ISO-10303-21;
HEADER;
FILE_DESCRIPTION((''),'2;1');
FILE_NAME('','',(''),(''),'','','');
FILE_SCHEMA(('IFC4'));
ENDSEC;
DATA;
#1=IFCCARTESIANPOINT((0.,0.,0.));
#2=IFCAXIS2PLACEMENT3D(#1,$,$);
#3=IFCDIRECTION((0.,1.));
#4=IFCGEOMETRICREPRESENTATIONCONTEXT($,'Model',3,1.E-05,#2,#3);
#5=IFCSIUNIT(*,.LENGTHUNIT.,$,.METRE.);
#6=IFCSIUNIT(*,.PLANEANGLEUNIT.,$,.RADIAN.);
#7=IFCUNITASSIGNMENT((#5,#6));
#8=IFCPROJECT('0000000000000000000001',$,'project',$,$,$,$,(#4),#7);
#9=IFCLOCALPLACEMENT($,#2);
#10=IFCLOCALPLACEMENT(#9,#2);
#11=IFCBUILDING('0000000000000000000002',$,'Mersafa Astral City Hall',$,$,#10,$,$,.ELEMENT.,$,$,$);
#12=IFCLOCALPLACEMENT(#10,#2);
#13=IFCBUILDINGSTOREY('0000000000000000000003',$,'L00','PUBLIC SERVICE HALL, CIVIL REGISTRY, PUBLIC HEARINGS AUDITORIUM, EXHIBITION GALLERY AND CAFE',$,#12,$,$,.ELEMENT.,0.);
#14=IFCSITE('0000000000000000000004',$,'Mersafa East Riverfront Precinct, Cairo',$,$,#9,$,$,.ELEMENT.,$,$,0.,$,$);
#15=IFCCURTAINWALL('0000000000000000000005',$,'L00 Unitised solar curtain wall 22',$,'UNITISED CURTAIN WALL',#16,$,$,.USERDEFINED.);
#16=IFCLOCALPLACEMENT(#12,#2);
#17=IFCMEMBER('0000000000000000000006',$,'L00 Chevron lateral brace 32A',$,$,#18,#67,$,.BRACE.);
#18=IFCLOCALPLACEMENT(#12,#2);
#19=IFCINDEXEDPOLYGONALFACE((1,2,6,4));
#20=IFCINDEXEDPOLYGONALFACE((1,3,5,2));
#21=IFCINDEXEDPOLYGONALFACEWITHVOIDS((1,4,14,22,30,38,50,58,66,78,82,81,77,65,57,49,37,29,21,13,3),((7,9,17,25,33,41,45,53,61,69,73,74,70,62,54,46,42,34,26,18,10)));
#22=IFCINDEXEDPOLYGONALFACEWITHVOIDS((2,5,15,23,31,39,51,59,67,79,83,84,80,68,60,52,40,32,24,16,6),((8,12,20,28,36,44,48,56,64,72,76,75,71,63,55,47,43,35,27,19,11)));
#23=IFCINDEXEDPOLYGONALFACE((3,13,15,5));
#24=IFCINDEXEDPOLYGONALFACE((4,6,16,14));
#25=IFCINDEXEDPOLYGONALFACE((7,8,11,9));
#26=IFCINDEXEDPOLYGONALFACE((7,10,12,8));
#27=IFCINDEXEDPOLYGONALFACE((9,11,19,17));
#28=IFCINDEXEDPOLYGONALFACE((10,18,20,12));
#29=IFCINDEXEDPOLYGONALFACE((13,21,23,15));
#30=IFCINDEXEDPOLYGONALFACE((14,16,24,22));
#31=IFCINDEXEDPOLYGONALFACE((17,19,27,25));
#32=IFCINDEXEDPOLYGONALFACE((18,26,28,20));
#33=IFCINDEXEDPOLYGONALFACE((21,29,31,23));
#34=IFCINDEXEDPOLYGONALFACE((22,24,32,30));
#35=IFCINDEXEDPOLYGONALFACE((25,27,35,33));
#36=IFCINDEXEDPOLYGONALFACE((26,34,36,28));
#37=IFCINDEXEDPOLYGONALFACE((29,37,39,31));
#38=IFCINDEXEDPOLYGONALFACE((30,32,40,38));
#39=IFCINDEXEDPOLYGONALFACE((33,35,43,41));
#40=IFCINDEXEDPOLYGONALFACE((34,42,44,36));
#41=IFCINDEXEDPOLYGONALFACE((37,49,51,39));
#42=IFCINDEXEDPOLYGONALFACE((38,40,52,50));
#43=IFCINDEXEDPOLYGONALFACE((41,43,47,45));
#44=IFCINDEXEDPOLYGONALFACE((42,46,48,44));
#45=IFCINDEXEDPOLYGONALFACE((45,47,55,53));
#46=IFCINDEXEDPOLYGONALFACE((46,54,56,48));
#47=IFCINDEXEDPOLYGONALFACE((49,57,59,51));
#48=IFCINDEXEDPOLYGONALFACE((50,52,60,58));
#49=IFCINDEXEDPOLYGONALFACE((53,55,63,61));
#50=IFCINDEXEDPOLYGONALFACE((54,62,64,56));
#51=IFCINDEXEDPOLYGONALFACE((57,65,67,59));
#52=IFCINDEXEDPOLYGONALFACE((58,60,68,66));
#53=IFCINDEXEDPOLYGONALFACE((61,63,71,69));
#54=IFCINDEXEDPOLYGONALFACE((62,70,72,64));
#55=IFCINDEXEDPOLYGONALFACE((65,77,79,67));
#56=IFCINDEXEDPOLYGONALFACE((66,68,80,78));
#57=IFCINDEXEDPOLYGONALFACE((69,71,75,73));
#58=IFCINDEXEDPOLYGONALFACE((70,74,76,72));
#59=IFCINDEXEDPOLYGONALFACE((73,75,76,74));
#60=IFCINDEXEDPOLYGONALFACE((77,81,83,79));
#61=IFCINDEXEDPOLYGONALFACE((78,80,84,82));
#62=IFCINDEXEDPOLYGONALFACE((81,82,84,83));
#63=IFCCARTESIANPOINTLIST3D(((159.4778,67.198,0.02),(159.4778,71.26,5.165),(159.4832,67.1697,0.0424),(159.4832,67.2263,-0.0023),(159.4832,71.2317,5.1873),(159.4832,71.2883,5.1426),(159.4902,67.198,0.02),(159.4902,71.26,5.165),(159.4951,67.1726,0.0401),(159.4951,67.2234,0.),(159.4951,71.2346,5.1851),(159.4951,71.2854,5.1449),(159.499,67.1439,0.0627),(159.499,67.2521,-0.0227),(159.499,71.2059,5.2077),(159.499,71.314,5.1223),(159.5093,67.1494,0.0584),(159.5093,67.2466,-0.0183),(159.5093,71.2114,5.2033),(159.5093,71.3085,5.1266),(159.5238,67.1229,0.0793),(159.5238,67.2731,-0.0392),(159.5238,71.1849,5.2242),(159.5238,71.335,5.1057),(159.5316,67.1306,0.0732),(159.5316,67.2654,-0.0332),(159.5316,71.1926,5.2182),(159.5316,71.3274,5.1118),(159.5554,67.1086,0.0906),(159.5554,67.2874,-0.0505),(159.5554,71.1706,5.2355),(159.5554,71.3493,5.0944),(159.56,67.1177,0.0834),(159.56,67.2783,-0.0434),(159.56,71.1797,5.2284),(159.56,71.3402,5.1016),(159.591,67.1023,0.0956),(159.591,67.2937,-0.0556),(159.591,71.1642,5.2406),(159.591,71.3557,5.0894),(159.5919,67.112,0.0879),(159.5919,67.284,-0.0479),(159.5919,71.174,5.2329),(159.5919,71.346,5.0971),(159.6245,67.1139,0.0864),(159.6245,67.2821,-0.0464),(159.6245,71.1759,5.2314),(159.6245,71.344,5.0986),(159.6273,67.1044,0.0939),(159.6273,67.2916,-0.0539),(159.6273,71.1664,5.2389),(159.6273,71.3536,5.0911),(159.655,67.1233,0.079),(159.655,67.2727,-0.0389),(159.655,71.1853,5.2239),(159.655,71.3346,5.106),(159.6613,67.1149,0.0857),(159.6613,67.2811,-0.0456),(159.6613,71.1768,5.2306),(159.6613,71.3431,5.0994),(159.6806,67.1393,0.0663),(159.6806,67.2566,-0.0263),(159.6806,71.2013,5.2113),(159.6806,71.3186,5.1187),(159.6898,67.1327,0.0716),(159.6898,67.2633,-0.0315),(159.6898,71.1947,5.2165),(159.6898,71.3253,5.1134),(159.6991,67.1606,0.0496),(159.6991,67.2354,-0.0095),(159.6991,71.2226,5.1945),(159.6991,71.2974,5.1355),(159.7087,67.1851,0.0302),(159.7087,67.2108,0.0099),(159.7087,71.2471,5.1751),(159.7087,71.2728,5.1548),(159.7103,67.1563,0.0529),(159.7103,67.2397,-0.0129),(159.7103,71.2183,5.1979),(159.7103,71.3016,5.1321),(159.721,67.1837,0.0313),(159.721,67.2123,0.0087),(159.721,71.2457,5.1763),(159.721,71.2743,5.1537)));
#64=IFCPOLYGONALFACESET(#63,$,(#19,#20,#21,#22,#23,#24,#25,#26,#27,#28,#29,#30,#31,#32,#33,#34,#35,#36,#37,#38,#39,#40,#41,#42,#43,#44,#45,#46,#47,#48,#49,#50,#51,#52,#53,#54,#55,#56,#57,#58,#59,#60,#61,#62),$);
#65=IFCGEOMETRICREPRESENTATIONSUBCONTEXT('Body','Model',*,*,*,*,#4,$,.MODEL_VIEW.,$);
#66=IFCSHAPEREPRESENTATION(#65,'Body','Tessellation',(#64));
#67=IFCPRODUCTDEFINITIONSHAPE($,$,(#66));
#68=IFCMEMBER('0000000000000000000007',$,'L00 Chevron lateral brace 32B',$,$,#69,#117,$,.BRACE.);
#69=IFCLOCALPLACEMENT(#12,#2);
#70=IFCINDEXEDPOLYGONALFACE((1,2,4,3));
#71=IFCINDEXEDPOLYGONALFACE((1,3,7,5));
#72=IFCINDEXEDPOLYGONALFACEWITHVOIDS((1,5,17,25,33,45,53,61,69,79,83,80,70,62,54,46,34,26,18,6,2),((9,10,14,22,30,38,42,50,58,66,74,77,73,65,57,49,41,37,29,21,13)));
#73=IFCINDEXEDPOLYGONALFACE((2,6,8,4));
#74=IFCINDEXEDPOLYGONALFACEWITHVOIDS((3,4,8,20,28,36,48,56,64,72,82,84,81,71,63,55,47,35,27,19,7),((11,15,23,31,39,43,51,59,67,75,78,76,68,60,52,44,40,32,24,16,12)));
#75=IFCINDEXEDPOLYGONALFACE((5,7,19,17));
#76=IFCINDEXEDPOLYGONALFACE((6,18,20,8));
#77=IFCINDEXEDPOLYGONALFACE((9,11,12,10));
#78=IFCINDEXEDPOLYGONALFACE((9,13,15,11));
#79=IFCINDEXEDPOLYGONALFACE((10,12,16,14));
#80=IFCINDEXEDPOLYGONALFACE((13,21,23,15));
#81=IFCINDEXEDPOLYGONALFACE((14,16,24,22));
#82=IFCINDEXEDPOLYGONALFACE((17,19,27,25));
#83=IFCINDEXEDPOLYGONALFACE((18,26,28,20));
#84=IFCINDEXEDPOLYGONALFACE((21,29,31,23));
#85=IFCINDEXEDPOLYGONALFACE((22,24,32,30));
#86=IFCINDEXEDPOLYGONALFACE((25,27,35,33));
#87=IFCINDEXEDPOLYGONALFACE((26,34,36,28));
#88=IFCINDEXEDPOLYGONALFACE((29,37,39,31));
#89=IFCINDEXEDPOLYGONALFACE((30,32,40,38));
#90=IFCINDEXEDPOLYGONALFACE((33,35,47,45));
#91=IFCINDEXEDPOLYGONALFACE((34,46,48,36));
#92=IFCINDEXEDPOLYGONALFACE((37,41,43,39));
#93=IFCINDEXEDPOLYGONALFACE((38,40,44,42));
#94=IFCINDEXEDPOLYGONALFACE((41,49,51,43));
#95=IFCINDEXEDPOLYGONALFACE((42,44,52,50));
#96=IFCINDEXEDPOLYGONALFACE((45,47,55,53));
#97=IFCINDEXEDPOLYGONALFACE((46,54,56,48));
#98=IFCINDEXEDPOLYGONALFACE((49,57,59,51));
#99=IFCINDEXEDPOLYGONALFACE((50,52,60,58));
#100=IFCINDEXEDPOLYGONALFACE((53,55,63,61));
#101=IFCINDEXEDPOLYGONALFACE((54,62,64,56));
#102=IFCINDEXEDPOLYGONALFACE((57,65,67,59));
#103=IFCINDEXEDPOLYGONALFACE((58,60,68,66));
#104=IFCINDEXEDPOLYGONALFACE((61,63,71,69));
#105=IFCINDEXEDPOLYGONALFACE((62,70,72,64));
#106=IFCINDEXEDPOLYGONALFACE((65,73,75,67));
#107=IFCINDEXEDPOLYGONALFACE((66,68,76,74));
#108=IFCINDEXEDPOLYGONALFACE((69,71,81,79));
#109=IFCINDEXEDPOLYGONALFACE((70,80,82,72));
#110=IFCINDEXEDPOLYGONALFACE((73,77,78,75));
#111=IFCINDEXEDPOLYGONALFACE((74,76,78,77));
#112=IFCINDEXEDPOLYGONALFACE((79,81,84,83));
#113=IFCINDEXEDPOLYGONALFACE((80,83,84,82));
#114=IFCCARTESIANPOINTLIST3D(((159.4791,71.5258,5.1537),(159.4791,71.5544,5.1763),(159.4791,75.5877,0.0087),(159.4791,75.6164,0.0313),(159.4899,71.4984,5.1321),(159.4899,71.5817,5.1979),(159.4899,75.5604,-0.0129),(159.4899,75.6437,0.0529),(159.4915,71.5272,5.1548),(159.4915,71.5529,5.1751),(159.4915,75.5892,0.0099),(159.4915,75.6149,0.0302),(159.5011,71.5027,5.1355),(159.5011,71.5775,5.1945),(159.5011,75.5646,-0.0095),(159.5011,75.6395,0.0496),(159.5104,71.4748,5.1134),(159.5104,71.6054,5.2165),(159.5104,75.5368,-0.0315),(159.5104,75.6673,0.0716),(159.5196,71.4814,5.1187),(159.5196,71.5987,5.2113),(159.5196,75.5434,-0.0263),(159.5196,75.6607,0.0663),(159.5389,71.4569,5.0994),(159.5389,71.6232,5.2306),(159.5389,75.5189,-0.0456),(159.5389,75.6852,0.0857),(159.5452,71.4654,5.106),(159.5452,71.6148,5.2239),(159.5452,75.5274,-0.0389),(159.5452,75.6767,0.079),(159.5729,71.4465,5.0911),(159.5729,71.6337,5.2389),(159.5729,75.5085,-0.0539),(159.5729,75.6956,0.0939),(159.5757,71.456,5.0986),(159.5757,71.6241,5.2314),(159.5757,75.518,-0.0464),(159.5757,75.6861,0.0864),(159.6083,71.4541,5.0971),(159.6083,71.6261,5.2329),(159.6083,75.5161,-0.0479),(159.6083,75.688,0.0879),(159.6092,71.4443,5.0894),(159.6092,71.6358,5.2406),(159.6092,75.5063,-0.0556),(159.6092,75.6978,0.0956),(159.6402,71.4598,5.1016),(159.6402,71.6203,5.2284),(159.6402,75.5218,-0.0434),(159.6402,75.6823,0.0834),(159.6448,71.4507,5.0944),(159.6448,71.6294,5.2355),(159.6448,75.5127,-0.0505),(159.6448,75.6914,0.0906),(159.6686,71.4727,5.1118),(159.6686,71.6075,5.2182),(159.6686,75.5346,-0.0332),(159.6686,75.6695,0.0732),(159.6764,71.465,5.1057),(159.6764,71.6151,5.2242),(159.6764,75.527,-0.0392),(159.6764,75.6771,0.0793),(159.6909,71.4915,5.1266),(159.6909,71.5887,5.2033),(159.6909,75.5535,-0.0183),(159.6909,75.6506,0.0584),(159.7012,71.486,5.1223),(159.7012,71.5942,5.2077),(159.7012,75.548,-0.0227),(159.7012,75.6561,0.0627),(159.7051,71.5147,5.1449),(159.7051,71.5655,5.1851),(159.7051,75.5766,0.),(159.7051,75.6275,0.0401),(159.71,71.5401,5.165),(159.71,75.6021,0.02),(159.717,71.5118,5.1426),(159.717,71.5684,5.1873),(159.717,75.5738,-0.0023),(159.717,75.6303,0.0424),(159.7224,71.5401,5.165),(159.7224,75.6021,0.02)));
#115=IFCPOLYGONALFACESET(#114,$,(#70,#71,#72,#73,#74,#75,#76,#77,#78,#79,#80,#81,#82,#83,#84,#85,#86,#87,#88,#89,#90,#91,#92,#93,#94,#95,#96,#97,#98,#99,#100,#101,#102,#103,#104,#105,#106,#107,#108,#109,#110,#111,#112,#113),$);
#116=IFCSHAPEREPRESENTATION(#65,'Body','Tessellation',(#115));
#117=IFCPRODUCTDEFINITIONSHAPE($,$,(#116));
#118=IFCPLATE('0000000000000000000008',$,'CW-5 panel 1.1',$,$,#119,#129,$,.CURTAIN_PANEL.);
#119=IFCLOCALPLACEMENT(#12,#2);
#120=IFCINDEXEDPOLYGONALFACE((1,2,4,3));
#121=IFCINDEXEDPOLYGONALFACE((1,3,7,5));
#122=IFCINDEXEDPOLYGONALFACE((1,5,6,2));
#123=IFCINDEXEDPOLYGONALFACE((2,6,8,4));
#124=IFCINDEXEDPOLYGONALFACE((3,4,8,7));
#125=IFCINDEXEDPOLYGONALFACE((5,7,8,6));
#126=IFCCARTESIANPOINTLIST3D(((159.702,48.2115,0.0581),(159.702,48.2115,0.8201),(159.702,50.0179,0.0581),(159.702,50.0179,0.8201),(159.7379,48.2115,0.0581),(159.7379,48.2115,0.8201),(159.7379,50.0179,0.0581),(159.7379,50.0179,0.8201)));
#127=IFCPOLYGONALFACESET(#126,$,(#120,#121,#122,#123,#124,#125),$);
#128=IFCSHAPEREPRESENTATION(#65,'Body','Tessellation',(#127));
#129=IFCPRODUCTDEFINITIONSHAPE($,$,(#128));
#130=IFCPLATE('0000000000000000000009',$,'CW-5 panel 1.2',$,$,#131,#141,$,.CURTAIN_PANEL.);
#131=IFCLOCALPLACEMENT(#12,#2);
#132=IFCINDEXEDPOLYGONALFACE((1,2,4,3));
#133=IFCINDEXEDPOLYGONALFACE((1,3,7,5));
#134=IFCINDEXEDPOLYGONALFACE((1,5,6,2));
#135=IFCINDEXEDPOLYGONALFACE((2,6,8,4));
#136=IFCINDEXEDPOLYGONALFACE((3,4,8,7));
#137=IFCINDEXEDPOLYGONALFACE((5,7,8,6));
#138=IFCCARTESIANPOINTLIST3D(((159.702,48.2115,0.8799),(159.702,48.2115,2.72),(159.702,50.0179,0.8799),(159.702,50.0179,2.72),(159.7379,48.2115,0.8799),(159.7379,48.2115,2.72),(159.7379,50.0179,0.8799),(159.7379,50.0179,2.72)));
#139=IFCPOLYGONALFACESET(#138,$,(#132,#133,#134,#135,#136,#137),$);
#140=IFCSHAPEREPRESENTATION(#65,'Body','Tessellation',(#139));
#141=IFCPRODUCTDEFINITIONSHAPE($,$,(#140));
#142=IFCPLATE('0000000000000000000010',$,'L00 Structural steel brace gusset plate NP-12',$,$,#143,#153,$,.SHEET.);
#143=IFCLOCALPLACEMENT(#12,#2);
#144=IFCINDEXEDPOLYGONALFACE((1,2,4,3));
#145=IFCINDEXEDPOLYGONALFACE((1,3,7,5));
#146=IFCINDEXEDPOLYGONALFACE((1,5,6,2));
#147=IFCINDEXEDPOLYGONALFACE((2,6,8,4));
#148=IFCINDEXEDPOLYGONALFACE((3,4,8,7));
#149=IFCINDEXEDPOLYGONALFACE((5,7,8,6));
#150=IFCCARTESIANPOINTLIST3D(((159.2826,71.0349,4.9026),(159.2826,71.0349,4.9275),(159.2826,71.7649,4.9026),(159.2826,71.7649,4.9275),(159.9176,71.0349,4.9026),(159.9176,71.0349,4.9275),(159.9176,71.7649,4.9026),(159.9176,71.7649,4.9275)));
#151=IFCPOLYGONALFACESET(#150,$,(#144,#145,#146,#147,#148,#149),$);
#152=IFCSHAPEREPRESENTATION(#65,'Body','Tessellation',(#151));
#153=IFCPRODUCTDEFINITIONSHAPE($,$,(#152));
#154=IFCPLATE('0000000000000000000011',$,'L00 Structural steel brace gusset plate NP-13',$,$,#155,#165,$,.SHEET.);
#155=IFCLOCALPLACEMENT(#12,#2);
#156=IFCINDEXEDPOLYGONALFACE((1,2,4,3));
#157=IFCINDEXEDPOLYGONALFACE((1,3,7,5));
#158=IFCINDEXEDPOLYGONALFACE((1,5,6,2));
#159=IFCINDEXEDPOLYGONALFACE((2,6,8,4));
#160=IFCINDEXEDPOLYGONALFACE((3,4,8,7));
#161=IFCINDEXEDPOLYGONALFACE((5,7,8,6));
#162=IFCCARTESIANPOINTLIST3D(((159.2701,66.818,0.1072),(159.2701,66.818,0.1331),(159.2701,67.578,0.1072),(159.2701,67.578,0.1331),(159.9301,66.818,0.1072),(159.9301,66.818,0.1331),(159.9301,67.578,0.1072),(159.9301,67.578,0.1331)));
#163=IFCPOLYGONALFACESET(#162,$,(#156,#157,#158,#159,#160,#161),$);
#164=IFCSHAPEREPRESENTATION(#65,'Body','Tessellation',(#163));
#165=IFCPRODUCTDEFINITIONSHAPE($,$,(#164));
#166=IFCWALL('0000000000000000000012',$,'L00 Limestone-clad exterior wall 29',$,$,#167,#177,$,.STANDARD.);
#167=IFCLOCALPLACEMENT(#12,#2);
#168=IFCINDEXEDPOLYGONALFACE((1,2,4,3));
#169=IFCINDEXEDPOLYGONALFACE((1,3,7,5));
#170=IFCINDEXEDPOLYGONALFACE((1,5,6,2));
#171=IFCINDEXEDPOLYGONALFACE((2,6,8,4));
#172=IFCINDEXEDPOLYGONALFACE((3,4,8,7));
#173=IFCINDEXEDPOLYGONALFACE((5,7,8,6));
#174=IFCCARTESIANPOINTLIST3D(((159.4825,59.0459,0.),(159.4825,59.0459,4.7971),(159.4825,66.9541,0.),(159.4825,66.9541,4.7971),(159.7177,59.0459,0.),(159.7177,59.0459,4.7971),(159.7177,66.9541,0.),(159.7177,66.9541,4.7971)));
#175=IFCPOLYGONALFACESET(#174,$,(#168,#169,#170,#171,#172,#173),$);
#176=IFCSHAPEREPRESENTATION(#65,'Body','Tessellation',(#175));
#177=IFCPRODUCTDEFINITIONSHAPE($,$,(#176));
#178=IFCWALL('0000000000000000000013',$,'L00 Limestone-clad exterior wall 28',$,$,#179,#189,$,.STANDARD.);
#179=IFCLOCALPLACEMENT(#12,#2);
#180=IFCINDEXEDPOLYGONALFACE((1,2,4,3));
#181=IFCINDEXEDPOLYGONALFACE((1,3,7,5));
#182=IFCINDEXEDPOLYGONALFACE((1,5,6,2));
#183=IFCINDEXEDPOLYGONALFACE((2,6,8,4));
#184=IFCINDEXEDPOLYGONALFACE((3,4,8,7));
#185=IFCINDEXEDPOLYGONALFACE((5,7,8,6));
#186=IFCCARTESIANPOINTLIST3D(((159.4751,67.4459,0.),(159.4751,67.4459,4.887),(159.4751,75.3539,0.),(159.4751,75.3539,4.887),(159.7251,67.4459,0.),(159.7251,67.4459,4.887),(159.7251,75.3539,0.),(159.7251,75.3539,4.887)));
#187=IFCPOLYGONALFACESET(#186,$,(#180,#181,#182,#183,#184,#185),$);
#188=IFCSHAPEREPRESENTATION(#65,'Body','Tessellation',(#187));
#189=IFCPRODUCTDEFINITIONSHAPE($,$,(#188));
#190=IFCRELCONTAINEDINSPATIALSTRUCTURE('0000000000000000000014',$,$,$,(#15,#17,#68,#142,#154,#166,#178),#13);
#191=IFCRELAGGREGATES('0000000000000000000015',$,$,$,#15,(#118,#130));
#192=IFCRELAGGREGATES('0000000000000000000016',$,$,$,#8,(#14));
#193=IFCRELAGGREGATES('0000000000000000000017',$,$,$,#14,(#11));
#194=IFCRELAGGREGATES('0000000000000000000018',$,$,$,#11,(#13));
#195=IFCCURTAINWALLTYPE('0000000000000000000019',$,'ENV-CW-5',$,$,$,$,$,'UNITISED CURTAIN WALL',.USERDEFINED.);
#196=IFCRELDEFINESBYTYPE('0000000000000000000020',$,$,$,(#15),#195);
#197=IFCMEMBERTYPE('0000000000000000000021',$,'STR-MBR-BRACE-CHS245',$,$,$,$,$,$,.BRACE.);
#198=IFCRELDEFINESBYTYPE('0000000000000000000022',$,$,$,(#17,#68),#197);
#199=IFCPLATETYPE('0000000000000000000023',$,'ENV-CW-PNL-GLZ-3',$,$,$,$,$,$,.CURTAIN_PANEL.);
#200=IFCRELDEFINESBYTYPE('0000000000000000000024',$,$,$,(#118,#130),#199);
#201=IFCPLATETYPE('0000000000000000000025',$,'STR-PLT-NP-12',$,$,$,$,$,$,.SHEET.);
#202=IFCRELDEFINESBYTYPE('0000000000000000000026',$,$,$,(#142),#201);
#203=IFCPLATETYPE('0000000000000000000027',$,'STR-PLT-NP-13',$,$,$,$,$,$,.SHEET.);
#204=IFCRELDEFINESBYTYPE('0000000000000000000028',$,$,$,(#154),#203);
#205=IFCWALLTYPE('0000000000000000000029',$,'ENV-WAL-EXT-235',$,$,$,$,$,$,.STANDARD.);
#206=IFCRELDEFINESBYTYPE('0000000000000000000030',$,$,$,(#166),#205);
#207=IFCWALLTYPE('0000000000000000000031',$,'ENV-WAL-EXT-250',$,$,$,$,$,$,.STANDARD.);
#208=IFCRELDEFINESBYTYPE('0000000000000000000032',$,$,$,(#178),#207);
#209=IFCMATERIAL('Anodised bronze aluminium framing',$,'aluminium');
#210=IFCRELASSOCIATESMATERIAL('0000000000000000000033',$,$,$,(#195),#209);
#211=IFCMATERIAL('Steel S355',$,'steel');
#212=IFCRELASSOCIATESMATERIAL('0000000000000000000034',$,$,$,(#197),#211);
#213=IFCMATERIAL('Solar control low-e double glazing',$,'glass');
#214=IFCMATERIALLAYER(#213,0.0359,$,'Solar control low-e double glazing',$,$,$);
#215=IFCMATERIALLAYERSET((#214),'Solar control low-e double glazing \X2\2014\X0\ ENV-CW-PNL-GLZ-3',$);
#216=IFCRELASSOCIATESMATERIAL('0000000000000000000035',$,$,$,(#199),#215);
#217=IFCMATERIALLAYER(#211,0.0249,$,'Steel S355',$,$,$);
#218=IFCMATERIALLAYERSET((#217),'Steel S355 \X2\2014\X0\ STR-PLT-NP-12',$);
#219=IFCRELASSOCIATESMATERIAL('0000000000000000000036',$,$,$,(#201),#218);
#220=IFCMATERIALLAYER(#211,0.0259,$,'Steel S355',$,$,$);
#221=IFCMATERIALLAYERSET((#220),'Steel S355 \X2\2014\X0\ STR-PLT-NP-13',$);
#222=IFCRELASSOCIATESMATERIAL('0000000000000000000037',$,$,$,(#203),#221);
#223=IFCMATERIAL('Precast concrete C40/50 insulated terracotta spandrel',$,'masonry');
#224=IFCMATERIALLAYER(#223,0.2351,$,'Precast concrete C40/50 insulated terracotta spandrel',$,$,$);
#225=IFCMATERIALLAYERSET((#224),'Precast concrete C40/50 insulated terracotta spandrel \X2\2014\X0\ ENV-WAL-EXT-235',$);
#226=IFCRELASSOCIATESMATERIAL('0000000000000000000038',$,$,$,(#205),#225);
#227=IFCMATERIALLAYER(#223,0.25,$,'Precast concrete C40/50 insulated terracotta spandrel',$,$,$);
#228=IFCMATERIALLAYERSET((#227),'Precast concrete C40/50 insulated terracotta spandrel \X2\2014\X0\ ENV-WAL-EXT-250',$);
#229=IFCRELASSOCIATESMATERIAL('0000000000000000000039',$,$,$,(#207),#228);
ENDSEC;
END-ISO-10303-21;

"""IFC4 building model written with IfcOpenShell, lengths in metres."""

from ifc_helpers import new_model, si_unit, direction, frame, frame_2d, origin, origin_2d, place, context, subcontext, project, spatial, rectangle, hollow_circle, extrude, material, layer, layer_set, material_profile, profile_set, type_object, element, aggregate, save


model = new_model("IFC4")

# Units and contexts
model_context = context("Model", 3, precision=1e-05, world=origin(), true_north=direction((0.0, 1.0)))
body_context = subcontext(model_context, "Body", "Model", "MODEL_VIEW")
ifc_project = project(units=[si_unit("LENGTHUNIT", "METRE"), si_unit("PLANEANGLEUNIT", "RADIAN")], contexts=[model_context])

# Site, building, storey
site_placement = place(None, origin())
site = spatial("IfcSite", under=ifc_project, at=site_placement, Name="Mersafa East Riverfront Precinct, Cairo", CompositionType="ELEMENT", RefElevation=0.0)
building_placement = place(site_placement, origin())
building = spatial("IfcBuilding", under=site, at=building_placement, Name="Mersafa Astral City Hall", CompositionType="ELEMENT")
storey_placement = place(building_placement, origin())
storey = spatial("IfcBuildingStorey", under=building, at=storey_placement, Name="L00", Description="PUBLIC SERVICE HALL, CIVIL REGISTRY, PUBLIC HEARINGS AUDITORIUM, EXHIBITION GALLERY AND CAFE", CompositionType="ELEMENT", Elevation=0.0)

# Shared definitions
ifc_material_1 = material(Name="Steel S355", Category="steel")

# Curtain wall
ifc_material_2 = material(Name="Anodised bronze aluminium framing", Category="aluminium")
curtain_wall_type = type_object("IfcCurtainWallType", Name="ENV-CW-5", ElementType="UNITISED CURTAIN WALL", PredefinedType="USERDEFINED", material=ifc_material_2)
curtain_wall_placement = place(storey_placement, origin())
curtain_wall = element("IfcCurtainWall", 1, at=curtain_wall_placement, inside=storey, type_object=curtain_wall_type, Name="L00 Unitised solar curtain wall 22", ObjectType="UNITISED CURTAIN WALL", PredefinedType="USERDEFINED")

# Members
ifc_material_profile_1 = material_profile(ifc_material_1, hollow_circle(Radius=0.1223, WallThickness=0.0125, at=origin_2d()), Name="CHS 244.5x12.5")
ifc_profile_set_1 = profile_set([ifc_material_profile_1], Name="Steel S355")
member_type_1 = type_object("IfcMemberType", Name="STR-MBR-BRACE-CHS245", PredefinedType="BRACE", material=ifc_profile_set_1)
for number, where, z_axis, x_axis, name in (
    (2, (159.6001, 67.198, 0.02), (0.0, 0.619659, 0.784871), (-1.0, 0.0, 0.0), "L00 Chevron lateral brace 32A"),
    (3, (159.6001, 75.6021, 0.02), (0.0, -0.619659, 0.784871), (1.0, 0.0, 0.0), "L00 Chevron lateral brace 32B"),
):
    element("IfcMember", number, at=place(storey_placement, frame(where, z_axis=z_axis, x_axis=x_axis)), inside=storey, type_object=member_type_1, Name=name, PredefinedType="BRACE", context=body_context, shape_type="SweptSolid", body=[
        extrude(hollow_circle(Radius=0.1223, WallThickness=0.0125, at=origin_2d()), origin(), (0.0, 0.0, 1.0), 6.5552),
    ])

# Plates
ifc_material_3 = material(Name="Solar control low-e double glazing", Category="glass")
ifc_layer_1 = layer(ifc_material_3, 0.0359, Name="Solar control low-e double glazing")
ifc_layer_set_1 = layer_set([ifc_layer_1], Name="Solar control low-e double glazing — ENV-CW-PNL-GLZ-3")
plate_type_1 = type_object("IfcPlateType", Name="ENV-CW-PNL-GLZ-3", PredefinedType="CURTAIN_PANEL", material=ifc_layer_set_1)
plate_1_placement = place(storey_placement, frame((159.72, 49.1147, 0.0581), z_axis=(0.0, 0.0, 1.0), x_axis=(0.0, -1.0, 0.0)))
plate_1 = element("IfcPlate", 4, at=plate_1_placement, type_object=plate_type_1, Name="CW-5 panel 1.1", PredefinedType="CURTAIN_PANEL", context=body_context, shape_type="SweptSolid", body=[
    extrude(rectangle(XDim=1.8064, YDim=0.0359, at=origin_2d()), origin(), (0.0, 0.0, 1.0), 0.762),
])
plate_2_placement = place(storey_placement, frame((159.72, 49.1147, 0.8799), z_axis=(0.0, 0.0, 1.0), x_axis=(0.0, -1.0, 0.0)))
plate_2 = element("IfcPlate", 5, at=plate_2_placement, type_object=plate_type_1, Name="CW-5 panel 1.2", PredefinedType="CURTAIN_PANEL", context=body_context, shape_type="SweptSolid", body=[
    extrude(rectangle(XDim=1.8064, YDim=0.0359, at=origin_2d()), origin(), (0.0, 0.0, 1.0), 1.8401),
])
aggregate(curtain_wall, [plate_1, plate_2])

# Plates
ifc_layer_2 = layer(ifc_material_1, 0.0249, Name="Steel S355")
ifc_layer_set_2 = layer_set([ifc_layer_2], Name="Steel S355 — STR-PLT-NP-12")
plate_type_2 = type_object("IfcPlateType", Name="STR-PLT-NP-12", PredefinedType="SHEET", material=ifc_layer_set_2)
plate_3_placement = place(storey_placement, frame((159.6001, 71.3999, 4.9026), z_axis=(0.0, 0.0, 1.0), x_axis=(1.0, 0.0, 0.0)))
element("IfcPlate", 6, at=plate_3_placement, inside=storey, type_object=plate_type_2, Name="L00 Structural steel brace gusset plate NP-12", PredefinedType="SHEET", context=body_context, shape_type="SweptSolid", body=[
    extrude(rectangle(XDim=0.635, YDim=0.73, at=origin_2d()), origin(), (0.0, 0.0, 1.0), 0.0249),
])
ifc_layer_3 = layer(ifc_material_1, 0.0259, Name="Steel S355")
ifc_layer_set_3 = layer_set([ifc_layer_3], Name="Steel S355 — STR-PLT-NP-13")
plate_type_3 = type_object("IfcPlateType", Name="STR-PLT-NP-13", PredefinedType="SHEET", material=ifc_layer_set_3)
plate_4_placement = place(storey_placement, frame((159.6001, 67.198, 0.1072), z_axis=(0.0, 0.0, 1.0), x_axis=(1.0, 0.0, 0.0)))
element("IfcPlate", 7, at=plate_4_placement, inside=storey, type_object=plate_type_3, Name="L00 Structural steel brace gusset plate NP-13", PredefinedType="SHEET", context=body_context, shape_type="SweptSolid", body=[
    extrude(rectangle(XDim=0.6599, YDim=0.76, at=origin_2d()), origin(), (0.0, 0.0, 1.0), 0.0259),
])

# Walls
ifc_material_4 = material(Name="Precast concrete C40/50 insulated terracotta spandrel", Category="masonry")
ifc_layer_4 = layer(ifc_material_4, 0.2351, Name="Precast concrete C40/50 insulated terracotta spandrel")
ifc_layer_set_4 = layer_set([ifc_layer_4], Name="Precast concrete C40/50 insulated terracotta spandrel — ENV-WAL-EXT-235")
wall_type_1 = type_object("IfcWallType", Name="ENV-WAL-EXT-235", PredefinedType="STANDARD", material=ifc_layer_set_4)
wall_1_placement = place(storey_placement, frame((159.6001, 66.9541, 0.0), z_axis=(0.0, 0.0, 1.0), x_axis=(0.0, -1.0, 0.0)))
element("IfcWall", 8, at=wall_1_placement, inside=storey, type_object=wall_type_1, Name="L00 Limestone-clad exterior wall 29", PredefinedType="STANDARD", context=body_context, shape_type="SweptSolid", body=[
    extrude(rectangle(XDim=7.9082, YDim=0.2351, at=frame_2d((3.9541, 0.0))), origin(), (0.0, 0.0, 1.0), 4.7971),
])
ifc_layer_5 = layer(ifc_material_4, 0.25, Name="Precast concrete C40/50 insulated terracotta spandrel")
ifc_layer_set_5 = layer_set([ifc_layer_5], Name="Precast concrete C40/50 insulated terracotta spandrel — ENV-WAL-EXT-250")
wall_type_2 = type_object("IfcWallType", Name="ENV-WAL-EXT-250", PredefinedType="STANDARD", material=ifc_layer_set_5)
wall_2_placement = place(storey_placement, frame((159.6001, 75.354, 0.0), z_axis=(0.0, 0.0, 1.0), x_axis=(0.0, -1.0, 0.0)))
element("IfcWall", 9, at=wall_2_placement, inside=storey, type_object=wall_type_2, Name="L00 Limestone-clad exterior wall 28", PredefinedType="STANDARD", context=body_context, shape_type="SweptSolid", body=[
    extrude(rectangle(XDim=7.908, YDim=0.25, at=frame_2d((3.9541, 0.0))), origin(), (0.0, 0.0, 1.0), 4.887),
])

save(model, "model.ifc")
